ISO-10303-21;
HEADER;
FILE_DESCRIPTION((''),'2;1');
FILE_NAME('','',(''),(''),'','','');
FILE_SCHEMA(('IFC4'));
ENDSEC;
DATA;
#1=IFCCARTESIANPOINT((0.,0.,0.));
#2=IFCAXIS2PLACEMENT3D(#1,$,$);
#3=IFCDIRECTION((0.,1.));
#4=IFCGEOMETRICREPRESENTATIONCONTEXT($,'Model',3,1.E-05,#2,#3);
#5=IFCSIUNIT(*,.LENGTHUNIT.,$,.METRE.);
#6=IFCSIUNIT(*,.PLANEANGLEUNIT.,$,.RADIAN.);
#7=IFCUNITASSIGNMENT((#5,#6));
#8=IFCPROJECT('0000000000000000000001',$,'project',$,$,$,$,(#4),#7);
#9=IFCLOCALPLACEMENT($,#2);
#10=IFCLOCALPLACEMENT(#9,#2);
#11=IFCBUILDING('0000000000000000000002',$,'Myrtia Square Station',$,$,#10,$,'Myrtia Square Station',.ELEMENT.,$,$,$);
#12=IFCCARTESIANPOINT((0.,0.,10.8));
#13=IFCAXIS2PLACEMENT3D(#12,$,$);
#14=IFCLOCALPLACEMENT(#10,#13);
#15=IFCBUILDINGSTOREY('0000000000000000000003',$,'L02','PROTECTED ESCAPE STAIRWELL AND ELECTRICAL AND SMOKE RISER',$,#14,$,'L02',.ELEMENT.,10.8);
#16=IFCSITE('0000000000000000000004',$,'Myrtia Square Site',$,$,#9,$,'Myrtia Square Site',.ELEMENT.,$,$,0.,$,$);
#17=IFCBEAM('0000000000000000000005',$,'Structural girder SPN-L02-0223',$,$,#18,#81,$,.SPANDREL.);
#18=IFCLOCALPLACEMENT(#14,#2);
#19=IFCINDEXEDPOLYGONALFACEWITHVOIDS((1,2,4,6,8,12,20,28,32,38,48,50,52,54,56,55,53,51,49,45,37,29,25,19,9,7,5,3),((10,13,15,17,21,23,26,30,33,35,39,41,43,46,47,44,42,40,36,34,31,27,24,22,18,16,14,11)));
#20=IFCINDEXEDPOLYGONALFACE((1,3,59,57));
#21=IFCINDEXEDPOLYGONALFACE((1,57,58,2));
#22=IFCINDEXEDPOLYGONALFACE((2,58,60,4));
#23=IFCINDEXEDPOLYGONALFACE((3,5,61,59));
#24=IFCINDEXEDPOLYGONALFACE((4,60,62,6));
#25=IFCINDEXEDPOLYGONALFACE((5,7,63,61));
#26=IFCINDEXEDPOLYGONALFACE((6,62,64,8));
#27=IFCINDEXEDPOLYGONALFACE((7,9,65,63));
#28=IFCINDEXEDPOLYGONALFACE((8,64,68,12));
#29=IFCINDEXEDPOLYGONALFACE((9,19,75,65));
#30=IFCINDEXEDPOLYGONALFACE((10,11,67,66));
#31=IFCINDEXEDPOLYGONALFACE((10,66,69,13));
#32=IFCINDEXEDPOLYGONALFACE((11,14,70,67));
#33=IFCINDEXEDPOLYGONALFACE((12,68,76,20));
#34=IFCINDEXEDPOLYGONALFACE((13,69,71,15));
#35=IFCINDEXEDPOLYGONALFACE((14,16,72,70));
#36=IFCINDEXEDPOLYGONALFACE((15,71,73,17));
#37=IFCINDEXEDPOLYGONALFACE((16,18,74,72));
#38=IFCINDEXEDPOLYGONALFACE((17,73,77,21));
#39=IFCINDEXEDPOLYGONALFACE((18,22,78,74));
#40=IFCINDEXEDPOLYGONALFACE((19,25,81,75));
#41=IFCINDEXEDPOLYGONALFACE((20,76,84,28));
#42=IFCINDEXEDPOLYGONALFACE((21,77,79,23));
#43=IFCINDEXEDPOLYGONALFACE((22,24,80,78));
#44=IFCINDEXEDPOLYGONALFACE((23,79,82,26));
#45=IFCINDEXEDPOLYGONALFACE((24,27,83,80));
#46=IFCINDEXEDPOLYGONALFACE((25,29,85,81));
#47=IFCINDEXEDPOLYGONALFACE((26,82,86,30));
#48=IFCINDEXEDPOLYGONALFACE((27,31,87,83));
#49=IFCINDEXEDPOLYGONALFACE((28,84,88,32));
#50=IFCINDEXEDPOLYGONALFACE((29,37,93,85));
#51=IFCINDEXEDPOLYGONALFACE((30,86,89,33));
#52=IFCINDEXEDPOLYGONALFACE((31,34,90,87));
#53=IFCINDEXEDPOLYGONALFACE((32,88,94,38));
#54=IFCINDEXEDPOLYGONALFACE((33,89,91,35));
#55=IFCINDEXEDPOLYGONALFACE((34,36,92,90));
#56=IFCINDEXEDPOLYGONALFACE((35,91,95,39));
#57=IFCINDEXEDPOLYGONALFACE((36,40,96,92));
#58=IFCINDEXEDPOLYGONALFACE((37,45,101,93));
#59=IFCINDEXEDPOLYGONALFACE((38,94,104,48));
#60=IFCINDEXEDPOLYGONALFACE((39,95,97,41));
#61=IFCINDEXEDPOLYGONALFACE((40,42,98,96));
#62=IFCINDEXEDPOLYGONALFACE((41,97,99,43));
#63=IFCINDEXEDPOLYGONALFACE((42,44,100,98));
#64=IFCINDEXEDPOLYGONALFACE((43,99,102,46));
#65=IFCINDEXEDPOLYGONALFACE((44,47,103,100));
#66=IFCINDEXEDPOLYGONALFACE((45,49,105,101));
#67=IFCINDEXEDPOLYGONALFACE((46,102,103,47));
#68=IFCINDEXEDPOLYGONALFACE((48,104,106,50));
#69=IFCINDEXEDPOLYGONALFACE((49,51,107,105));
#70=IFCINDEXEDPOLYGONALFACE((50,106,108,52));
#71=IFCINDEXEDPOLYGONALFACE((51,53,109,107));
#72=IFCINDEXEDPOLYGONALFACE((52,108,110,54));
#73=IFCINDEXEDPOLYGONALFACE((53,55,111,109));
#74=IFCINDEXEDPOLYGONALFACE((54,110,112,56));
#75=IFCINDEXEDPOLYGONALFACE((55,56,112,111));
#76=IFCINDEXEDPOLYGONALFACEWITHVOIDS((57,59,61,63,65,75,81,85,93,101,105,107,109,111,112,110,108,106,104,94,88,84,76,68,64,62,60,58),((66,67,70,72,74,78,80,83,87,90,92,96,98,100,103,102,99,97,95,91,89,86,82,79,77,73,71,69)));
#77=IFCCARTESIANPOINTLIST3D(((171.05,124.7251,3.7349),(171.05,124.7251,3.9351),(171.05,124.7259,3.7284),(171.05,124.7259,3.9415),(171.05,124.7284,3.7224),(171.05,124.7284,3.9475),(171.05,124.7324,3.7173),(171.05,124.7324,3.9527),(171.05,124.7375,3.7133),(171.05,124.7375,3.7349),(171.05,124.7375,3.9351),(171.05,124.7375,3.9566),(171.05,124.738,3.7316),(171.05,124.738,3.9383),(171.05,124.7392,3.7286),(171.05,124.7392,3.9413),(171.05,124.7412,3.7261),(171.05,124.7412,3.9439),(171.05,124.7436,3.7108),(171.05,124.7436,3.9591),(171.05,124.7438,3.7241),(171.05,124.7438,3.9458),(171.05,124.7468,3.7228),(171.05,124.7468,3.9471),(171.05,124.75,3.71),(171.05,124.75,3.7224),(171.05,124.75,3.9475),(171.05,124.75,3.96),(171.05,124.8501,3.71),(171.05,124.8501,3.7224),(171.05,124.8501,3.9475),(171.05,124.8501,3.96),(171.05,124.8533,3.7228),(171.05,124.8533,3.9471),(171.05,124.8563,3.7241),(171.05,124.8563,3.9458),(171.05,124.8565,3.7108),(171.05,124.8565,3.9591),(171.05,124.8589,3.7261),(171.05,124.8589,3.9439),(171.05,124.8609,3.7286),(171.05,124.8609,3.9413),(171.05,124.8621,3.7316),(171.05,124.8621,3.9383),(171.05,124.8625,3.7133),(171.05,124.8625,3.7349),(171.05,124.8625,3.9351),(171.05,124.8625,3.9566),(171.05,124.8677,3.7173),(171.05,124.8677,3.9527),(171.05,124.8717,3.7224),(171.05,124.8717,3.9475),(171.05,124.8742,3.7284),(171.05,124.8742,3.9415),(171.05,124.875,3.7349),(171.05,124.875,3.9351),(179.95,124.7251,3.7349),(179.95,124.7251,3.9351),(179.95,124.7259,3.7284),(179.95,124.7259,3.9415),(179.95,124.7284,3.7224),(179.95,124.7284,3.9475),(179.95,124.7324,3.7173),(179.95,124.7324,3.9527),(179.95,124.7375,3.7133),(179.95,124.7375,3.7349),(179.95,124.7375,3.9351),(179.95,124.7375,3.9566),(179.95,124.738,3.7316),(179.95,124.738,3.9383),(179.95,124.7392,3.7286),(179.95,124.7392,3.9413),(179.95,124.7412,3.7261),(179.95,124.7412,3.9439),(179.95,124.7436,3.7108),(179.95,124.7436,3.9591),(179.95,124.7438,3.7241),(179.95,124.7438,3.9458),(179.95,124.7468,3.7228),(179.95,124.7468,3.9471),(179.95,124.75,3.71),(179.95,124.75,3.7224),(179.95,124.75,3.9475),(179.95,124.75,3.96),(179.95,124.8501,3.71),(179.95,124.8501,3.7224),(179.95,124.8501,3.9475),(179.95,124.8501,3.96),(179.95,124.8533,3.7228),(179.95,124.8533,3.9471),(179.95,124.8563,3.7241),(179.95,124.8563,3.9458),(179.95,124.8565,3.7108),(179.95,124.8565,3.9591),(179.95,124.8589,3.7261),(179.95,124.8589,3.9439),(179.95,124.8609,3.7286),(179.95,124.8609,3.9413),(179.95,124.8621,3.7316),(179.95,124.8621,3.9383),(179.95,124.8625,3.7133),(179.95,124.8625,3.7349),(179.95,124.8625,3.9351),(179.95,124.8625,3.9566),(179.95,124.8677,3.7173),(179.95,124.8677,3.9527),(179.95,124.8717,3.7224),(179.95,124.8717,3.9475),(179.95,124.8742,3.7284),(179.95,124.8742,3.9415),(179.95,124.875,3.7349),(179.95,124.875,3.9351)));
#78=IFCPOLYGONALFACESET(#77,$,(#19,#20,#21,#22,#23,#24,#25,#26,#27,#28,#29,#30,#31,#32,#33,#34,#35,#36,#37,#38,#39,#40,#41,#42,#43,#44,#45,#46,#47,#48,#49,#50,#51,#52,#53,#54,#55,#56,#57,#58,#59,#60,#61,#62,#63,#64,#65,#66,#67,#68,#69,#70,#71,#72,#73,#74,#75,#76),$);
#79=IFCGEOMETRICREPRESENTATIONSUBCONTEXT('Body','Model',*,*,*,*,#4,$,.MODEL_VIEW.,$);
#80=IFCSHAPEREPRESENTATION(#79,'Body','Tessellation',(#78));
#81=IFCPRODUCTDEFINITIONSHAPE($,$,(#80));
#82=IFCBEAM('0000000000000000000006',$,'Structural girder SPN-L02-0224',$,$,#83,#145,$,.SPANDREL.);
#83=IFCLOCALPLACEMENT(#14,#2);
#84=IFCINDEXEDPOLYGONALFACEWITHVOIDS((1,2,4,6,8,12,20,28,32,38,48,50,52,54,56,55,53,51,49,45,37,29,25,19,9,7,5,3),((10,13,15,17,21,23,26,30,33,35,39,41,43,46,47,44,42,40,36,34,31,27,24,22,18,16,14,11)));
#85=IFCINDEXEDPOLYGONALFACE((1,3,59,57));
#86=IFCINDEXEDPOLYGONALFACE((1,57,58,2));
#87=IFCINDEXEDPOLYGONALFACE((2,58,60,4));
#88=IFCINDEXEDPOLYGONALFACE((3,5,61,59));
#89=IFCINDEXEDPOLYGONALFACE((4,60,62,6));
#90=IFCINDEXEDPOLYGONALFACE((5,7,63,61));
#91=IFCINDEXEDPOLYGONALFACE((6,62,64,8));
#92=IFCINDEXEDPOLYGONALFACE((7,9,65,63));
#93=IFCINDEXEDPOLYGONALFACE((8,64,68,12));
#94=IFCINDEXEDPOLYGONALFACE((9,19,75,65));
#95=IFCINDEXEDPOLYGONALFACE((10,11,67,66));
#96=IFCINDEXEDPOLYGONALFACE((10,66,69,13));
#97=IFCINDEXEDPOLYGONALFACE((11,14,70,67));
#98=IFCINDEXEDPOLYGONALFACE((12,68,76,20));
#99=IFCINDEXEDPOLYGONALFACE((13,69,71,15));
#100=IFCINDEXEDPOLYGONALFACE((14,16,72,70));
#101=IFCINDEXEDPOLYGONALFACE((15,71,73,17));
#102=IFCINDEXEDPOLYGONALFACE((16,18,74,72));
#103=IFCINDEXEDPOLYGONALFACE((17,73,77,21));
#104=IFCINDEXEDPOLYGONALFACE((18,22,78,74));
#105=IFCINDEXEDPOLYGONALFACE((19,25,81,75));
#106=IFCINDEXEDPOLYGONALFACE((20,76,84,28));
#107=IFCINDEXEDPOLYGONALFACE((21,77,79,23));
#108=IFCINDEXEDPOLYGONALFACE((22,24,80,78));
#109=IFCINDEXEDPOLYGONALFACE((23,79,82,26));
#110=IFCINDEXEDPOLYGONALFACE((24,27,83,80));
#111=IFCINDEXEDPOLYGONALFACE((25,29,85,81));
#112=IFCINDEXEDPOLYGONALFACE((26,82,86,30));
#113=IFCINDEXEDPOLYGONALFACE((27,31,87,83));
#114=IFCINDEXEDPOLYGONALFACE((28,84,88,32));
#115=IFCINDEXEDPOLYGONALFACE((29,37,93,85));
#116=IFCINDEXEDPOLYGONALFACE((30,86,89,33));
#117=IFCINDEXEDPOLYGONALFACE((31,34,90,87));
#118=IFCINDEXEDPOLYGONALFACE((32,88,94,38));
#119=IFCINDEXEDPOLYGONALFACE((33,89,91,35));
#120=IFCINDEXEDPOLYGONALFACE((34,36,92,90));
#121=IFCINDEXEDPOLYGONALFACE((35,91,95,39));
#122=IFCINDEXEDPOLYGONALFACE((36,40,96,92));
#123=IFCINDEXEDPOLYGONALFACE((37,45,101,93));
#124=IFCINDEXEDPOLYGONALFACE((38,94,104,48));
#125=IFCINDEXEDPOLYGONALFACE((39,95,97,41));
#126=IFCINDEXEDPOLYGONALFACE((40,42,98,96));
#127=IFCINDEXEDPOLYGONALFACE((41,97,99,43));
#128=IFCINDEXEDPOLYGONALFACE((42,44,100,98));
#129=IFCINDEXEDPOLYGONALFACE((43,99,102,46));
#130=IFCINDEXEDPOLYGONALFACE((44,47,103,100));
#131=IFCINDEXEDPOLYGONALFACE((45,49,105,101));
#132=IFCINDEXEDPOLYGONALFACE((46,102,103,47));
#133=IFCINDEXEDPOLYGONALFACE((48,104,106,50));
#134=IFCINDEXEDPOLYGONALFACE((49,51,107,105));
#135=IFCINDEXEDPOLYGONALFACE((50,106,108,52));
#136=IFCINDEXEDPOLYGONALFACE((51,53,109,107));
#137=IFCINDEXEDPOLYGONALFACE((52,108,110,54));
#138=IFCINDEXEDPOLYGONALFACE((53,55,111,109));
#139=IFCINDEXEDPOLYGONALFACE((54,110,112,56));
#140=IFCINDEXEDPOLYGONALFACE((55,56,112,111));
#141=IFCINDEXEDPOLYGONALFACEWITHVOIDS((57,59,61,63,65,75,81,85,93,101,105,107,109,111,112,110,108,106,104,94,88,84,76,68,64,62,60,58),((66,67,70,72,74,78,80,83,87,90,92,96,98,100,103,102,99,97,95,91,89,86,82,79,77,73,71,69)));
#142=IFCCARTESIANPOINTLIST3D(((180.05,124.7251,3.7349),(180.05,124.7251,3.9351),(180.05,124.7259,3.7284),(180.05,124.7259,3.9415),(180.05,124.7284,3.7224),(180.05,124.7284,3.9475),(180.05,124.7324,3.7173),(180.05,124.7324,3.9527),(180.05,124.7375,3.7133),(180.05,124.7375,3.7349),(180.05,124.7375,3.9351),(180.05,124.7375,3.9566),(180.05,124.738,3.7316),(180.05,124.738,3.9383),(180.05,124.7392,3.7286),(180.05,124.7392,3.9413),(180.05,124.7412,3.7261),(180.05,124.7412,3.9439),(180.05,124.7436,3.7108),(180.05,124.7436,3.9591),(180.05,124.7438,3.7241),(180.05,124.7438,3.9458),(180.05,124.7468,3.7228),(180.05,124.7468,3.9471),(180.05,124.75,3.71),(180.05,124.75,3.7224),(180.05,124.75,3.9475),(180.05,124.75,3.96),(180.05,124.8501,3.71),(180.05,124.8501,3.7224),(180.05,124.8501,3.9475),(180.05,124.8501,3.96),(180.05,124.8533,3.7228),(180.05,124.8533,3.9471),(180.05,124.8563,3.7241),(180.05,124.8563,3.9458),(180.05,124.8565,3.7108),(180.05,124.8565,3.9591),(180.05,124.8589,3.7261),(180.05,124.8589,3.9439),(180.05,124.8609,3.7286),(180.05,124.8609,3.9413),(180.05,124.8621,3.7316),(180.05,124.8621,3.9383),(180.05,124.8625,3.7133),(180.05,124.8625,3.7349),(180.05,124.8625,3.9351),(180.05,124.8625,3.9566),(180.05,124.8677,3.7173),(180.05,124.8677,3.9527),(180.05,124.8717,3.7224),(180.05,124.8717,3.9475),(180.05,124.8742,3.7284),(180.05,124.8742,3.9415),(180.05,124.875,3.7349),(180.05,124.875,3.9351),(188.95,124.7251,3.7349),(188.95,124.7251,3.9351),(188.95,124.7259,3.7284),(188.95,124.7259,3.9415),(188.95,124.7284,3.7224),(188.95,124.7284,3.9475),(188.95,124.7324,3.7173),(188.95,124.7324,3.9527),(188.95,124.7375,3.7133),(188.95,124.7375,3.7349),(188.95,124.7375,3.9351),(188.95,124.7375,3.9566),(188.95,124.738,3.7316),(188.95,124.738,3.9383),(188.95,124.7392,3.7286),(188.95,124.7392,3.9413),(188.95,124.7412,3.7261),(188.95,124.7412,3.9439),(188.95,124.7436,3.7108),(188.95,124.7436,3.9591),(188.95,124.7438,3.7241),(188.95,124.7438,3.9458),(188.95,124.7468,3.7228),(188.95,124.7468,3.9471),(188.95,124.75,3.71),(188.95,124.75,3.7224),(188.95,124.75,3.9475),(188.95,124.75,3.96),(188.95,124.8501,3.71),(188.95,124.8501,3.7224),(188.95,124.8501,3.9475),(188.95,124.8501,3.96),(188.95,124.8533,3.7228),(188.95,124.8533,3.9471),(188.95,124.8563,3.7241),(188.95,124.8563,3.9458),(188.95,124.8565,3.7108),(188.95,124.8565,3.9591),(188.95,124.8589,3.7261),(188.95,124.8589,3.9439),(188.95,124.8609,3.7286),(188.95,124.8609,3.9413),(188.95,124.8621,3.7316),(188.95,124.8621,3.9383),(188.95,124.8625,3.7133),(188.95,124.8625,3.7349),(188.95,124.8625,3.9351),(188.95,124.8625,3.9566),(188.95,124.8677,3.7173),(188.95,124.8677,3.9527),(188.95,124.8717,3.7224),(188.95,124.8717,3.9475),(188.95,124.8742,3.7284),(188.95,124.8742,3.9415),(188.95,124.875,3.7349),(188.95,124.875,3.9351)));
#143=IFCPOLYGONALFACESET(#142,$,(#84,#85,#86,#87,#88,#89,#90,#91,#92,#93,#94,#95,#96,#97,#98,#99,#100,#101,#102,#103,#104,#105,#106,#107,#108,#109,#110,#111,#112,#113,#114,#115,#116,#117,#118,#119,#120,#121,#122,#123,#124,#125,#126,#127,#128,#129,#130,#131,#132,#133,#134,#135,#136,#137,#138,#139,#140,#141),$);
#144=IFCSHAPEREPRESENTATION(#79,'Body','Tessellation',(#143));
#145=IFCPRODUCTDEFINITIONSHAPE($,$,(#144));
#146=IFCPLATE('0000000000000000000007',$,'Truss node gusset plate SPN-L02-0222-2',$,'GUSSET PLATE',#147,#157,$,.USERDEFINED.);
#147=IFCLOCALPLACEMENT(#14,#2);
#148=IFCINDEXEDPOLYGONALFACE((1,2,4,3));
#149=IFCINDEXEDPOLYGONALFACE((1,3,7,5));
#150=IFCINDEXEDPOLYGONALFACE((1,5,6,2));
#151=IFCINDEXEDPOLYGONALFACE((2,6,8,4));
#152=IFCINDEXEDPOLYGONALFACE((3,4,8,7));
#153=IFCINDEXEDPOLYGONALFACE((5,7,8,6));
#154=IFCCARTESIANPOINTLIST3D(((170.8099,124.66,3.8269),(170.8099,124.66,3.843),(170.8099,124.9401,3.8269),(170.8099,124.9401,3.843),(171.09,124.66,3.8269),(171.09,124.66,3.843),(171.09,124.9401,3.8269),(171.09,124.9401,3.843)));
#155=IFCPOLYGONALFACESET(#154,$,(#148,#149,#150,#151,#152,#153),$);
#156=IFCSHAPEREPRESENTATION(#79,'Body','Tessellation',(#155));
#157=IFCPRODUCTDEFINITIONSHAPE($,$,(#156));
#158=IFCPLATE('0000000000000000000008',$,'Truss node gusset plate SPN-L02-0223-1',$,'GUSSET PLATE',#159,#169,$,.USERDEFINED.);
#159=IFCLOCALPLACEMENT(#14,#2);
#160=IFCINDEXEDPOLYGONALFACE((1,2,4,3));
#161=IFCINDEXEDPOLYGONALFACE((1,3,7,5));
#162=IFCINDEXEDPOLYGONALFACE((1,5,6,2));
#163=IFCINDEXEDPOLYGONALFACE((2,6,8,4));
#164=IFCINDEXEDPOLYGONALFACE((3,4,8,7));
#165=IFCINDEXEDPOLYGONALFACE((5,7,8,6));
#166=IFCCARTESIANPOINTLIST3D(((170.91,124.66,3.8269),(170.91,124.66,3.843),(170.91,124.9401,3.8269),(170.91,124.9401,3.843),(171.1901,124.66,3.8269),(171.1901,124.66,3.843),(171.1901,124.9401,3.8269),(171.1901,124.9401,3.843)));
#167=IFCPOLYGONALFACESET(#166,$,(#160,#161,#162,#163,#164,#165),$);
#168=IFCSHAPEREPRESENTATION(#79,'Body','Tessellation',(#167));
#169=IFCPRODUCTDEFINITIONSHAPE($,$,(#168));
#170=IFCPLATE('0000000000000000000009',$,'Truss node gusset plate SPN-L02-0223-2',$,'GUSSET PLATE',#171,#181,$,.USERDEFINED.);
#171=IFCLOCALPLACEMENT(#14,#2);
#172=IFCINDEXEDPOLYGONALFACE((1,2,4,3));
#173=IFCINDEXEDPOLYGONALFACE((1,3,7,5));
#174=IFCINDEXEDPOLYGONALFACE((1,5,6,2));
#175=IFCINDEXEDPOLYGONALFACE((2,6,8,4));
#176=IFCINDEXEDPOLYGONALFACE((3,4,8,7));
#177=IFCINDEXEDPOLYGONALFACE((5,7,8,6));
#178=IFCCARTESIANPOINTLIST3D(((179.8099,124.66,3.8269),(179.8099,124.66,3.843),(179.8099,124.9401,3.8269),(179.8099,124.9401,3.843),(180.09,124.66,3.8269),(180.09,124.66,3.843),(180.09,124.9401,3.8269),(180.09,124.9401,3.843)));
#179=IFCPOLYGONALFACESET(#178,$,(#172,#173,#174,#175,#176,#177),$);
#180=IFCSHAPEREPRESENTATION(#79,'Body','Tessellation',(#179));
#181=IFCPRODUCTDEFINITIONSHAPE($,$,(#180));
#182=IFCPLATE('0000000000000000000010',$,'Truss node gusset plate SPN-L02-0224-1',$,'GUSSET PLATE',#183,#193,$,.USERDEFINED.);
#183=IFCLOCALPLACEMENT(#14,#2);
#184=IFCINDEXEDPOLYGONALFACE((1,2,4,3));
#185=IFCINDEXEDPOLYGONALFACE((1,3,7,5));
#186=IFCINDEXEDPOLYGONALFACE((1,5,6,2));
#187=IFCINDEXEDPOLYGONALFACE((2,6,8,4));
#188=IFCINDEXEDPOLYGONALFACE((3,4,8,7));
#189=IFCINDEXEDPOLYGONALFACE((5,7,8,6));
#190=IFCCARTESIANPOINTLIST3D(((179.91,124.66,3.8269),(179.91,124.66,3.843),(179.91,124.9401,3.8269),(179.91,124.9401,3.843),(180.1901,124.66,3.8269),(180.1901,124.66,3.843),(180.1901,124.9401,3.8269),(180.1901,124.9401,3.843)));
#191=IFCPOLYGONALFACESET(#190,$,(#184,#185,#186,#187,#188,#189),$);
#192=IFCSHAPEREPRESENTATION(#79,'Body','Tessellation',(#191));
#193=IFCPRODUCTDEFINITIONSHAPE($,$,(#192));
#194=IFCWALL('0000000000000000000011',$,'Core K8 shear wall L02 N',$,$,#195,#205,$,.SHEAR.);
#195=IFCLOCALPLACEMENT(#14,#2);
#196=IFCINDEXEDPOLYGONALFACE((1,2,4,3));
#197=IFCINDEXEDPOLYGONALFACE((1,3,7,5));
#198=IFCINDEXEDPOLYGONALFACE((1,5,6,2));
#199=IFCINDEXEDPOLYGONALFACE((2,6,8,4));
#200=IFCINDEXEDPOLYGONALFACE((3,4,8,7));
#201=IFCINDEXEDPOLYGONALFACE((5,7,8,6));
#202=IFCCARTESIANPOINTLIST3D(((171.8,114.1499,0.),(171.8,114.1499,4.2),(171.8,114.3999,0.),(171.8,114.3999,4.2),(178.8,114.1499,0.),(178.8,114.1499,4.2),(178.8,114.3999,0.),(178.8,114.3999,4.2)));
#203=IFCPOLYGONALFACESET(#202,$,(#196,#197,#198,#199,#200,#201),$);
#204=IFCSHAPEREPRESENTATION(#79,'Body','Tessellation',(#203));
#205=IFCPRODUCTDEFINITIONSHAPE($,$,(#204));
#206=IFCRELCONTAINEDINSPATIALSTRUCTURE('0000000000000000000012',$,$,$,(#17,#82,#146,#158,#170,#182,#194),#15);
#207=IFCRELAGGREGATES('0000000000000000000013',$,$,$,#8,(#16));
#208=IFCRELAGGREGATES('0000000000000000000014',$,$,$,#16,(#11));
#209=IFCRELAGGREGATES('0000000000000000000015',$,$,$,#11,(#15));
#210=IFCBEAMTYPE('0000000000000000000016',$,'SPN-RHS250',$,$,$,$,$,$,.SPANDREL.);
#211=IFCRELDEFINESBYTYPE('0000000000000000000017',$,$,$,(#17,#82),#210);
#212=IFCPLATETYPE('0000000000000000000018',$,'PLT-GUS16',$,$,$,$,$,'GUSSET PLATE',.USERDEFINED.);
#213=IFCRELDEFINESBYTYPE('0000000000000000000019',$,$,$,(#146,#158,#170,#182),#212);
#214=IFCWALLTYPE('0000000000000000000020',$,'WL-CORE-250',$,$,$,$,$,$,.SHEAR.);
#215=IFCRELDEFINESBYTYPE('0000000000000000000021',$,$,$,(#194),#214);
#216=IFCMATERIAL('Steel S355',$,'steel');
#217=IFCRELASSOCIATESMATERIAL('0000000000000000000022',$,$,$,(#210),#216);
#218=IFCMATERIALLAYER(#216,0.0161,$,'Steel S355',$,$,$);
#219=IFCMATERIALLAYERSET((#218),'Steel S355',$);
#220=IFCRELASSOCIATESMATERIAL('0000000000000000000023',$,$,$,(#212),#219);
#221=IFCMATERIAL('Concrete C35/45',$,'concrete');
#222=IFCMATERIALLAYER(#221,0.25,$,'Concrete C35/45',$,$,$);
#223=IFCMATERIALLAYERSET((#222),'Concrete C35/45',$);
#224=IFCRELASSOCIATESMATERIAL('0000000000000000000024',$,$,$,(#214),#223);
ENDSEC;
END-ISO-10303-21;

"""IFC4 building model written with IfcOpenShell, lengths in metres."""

from ifc_helpers import new_model, si_unit, direction, frame, frame_2d, origin, origin_2d, place, context, subcontext, project, spatial, rectangle, hollow_rectangle, extrude, material, layer, layer_set, material_profile, profile_set, type_object, element, save


model = new_model("IFC4")

# Units and contexts
model_context = context("Model", 3, precision=1e-05, world=origin(), true_north=direction((0.0, 1.0)))
body_context = subcontext(model_context, "Body", "Model", "MODEL_VIEW")
ifc_project = project(units=[si_unit("LENGTHUNIT", "METRE"), si_unit("PLANEANGLEUNIT", "RADIAN")], contexts=[model_context])

# Site, building, storey
site_placement = place(None, origin())
site = spatial("IfcSite", under=ifc_project, at=site_placement, Name="Myrtia Square Site", LongName="Myrtia Square Site", CompositionType="ELEMENT", RefElevation=0.0)
building_placement = place(site_placement, origin())
building = spatial("IfcBuilding", under=site, at=building_placement, Name="Myrtia Square Station", LongName="Myrtia Square Station", CompositionType="ELEMENT")
storey_placement = place(building_placement, frame((0.0, 0.0, 10.8)))
storey = spatial("IfcBuildingStorey", under=building, at=storey_placement, Name="L02", Description="PROTECTED ESCAPE STAIRWELL AND ELECTRICAL AND SMOKE RISER", LongName="L02", CompositionType="ELEMENT", Elevation=10.8)

# Shared definitions
ifc_material_1 = material(Name="Steel S355", Category="steel")

# Beams
ifc_material_profile_1 = material_profile(ifc_material_1, hollow_rectangle(XDim=0.1499, YDim=0.25, WallThickness=0.0125, InnerFilletRadius=0.0125, OuterFilletRadius=0.0249, at=origin_2d()), Name="RHS 250x150x12.5")
ifc_profile_set_1 = profile_set([ifc_material_profile_1], Name="Steel S355")
beam_type_1 = type_object("IfcBeamType", Name="SPN-RHS250", PredefinedType="SPANDREL", material=ifc_profile_set_1)
for number, where, z_axis, x_axis, name in (
    (1, (171.05, 124.8, 3.835), (1.0, 0.0, 0.0), (0.0, 1.0, 0.0), "Structural girder SPN-L02-0223"),
    (2, (180.05, 124.8, 3.835), (1.0, 0.0, 0.0), (0.0, 1.0, 0.0), "Structural girder SPN-L02-0224"),
):
    element("IfcBeam", number, at=place(storey_placement, frame(where, z_axis=z_axis, x_axis=x_axis)), inside=storey, type_object=beam_type_1, Name=name, PredefinedType="SPANDREL", context=body_context, shape_type="SweptSolid", body=[
        extrude(hollow_rectangle(XDim=0.1499, YDim=0.25, WallThickness=0.0125, InnerFilletRadius=0.0125, OuterFilletRadius=0.0249, at=origin_2d()), origin(), (0.0, 0.0, 1.0), 8.8999),
    ])

# Plates
ifc_layer_1 = layer(ifc_material_1, 0.0161, Name="Steel S355")
ifc_layer_set_1 = layer_set([ifc_layer_1], Name="Steel S355")
plate_type = type_object("IfcPlateType", Name="PLT-GUS16", ElementType="GUSSET PLATE", PredefinedType="USERDEFINED", material=ifc_layer_set_1)
for number, where, z_axis, x_axis, name in (
    (3, (170.95, 124.8, 3.8269), (0.0, 0.0, 1.0), (1.0, 0.0, 0.0), "Truss node gusset plate SPN-L02-0222-2"),
    (4, (171.05, 124.8, 3.8269), (0.0, 0.0, 1.0), (1.0, 0.0, 0.0), "Truss node gusset plate SPN-L02-0223-1"),
    (5, (179.95, 124.8, 3.8269), (0.0, 0.0, 1.0), (1.0, 0.0, 0.0), "Truss node gusset plate SPN-L02-0223-2"),
    (6, (180.05, 124.8, 3.8269), (0.0, 0.0, 1.0), (1.0, 0.0, 0.0), "Truss node gusset plate SPN-L02-0224-1"),
):
    element("IfcPlate", number, at=place(storey_placement, frame(where, z_axis=z_axis, x_axis=x_axis)), inside=storey, type_object=plate_type, Name=name, ObjectType="GUSSET PLATE", PredefinedType="USERDEFINED", context=body_context, shape_type="SweptSolid", body=[
        extrude(rectangle(XDim=0.28, YDim=0.28, at=origin_2d()), origin(), (0.0, 0.0, 1.0), 0.0161),
    ])

# Wall
ifc_material_2 = material(Name="Concrete C35/45", Category="concrete")
ifc_layer_2 = layer(ifc_material_2, 0.25, Name="Concrete C35/45")
ifc_layer_set_2 = layer_set([ifc_layer_2], Name="Concrete C35/45")
wall_type_1 = type_object("IfcWallType", Name="WL-CORE-250", PredefinedType="SHEAR", material=ifc_layer_set_2)
wall_1_placement = place(storey_placement, frame((171.8, 114.2749, 0.0), z_axis=(0.0, 0.0, 1.0), x_axis=(1.0, 0.0, 0.0)))
element("IfcWall", 7, at=wall_1_placement, inside=storey, type_object=wall_type_1, Name="Core K8 shear wall L02 N", PredefinedType="SHEAR", context=body_context, shape_type="SweptSolid", body=[
    extrude(rectangle(XDim=7.0, YDim=0.25, at=frame_2d((3.5, 0.0))), origin(), (0.0, 0.0, 1.0), 4.2),
])

save(model, "model.ifc")
